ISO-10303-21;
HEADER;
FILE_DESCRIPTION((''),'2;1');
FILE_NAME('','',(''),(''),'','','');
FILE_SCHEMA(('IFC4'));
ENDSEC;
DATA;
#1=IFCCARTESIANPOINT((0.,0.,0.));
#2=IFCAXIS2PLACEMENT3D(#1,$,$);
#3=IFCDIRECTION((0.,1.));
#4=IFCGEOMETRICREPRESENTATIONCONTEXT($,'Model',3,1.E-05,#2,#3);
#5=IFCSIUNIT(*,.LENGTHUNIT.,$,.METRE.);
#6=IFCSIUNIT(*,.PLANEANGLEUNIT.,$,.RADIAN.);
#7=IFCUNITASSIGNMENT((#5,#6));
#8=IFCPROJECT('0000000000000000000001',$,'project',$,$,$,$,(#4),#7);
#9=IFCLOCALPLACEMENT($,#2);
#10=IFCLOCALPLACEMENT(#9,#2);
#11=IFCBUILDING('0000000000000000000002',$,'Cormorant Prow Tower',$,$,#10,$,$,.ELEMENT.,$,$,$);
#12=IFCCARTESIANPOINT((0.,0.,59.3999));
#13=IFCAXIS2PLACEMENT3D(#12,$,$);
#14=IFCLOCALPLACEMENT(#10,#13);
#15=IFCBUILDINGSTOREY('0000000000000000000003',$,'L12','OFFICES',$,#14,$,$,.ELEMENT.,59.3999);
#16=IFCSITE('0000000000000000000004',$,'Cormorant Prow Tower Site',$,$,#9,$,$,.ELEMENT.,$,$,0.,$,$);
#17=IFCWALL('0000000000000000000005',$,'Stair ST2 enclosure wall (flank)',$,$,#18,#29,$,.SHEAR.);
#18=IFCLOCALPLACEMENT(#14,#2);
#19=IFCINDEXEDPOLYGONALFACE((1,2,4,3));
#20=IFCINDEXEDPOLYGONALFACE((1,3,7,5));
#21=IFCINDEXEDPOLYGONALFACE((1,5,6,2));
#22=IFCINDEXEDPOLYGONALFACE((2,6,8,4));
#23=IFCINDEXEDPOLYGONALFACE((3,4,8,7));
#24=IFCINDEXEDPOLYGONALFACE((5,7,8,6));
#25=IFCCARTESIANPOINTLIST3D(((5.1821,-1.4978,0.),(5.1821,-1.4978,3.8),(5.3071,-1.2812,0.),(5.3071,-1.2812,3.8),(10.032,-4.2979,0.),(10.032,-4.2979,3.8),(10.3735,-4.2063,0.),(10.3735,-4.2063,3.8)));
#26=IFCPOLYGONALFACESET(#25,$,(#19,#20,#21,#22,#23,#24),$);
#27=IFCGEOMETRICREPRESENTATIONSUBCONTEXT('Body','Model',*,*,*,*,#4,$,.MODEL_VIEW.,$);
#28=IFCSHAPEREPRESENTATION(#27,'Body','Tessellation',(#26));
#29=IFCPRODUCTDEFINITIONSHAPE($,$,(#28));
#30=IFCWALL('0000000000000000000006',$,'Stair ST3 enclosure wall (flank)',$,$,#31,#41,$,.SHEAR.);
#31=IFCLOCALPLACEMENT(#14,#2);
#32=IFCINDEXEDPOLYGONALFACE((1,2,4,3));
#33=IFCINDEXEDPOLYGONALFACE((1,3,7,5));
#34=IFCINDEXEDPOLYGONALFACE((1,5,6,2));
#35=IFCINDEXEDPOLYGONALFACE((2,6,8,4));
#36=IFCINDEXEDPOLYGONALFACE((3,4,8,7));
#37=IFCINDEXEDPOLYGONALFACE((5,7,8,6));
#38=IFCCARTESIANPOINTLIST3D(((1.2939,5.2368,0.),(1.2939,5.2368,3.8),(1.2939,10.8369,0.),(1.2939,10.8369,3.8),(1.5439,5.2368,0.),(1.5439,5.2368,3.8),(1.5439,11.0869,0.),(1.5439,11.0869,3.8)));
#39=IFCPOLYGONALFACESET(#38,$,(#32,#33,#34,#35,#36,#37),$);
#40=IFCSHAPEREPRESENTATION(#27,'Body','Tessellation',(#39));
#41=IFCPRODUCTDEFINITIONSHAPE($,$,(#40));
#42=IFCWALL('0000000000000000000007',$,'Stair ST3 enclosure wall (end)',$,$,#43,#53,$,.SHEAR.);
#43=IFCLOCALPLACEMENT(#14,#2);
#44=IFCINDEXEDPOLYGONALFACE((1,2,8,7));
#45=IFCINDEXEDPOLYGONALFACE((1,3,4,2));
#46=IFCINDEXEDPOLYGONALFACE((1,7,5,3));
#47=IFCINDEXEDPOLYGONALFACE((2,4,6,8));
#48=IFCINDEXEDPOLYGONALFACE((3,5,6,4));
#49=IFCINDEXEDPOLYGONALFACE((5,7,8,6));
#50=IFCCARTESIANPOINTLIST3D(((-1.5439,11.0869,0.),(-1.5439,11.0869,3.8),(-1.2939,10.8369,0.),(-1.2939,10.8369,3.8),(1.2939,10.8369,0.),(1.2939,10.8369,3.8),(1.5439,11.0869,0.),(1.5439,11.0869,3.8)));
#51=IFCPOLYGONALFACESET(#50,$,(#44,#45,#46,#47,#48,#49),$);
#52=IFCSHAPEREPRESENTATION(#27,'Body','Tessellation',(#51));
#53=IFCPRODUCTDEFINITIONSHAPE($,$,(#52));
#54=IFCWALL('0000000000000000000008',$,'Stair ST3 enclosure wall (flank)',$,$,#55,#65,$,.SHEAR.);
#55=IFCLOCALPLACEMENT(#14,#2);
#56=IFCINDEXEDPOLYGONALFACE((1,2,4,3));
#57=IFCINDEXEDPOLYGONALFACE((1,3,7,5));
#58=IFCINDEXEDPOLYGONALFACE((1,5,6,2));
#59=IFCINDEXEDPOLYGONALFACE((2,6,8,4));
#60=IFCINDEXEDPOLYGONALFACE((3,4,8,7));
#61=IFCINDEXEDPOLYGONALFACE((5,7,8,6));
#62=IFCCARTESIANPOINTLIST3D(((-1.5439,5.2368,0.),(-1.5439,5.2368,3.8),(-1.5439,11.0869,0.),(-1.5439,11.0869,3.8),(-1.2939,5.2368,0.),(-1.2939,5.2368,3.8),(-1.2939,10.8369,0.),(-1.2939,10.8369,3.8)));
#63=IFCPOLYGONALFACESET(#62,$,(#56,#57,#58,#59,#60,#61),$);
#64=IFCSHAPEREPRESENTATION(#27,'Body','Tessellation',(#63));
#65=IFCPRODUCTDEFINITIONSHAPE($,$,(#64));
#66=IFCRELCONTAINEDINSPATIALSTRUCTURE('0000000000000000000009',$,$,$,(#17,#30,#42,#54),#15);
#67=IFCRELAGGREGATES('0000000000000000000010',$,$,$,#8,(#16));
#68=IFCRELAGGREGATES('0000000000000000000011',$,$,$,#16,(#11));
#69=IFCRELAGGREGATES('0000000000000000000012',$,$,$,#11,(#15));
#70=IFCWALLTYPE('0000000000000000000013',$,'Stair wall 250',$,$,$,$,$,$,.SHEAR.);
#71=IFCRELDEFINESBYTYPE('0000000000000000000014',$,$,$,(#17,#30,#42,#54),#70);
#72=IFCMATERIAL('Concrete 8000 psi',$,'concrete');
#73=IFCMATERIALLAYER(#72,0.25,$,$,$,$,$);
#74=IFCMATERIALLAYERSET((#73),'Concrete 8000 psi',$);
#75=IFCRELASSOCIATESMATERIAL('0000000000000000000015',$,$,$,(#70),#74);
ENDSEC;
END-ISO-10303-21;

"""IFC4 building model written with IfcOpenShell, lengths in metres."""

from ifc_helpers import new_model, si_unit, direction, frame, origin, place, context, subcontext, project, spatial, polyline, outline, extrude, material, layer, layer_set, type_object, element, save


model = new_model("IFC4")

# Units and contexts
model_context = context("Model", 3, precision=1e-05, world=origin(), true_north=direction((0.0, 1.0)))
body_context = subcontext(model_context, "Body", "Model", "MODEL_VIEW")
ifc_project = project(units=[si_unit("LENGTHUNIT", "METRE"), si_unit("PLANEANGLEUNIT", "RADIAN")], contexts=[model_context])

# Site, building, storey
site_placement = place(None, origin())
site = spatial("IfcSite", under=ifc_project, at=site_placement, Name="Cormorant Prow Tower Site", CompositionType="ELEMENT", RefElevation=0.0)
building_placement = place(site_placement, origin())
building = spatial("IfcBuilding", under=site, at=building_placement, Name="Cormorant Prow Tower", CompositionType="ELEMENT")
storey_placement = place(building_placement, frame((0.0, 0.0, 59.3999)))
storey = spatial("IfcBuildingStorey", under=building, at=storey_placement, Name="L12", Description="OFFICES", CompositionType="ELEMENT", Elevation=59.3999)

# Walls
ifc_material_1 = material(Name="Concrete 8000 psi", Category="concrete")
ifc_layer_1 = layer(ifc_material_1, 0.25)
ifc_layer_set_1 = layer_set([ifc_layer_1], Name="Concrete 8000 psi")
wall_type_1 = type_object("IfcWallType", Name="Stair wall 250", PredefinedType="SHEAR", material=ifc_layer_set_1)
wall_1_placement = place(storey_placement, origin())
element("IfcWall", 1, at=wall_1_placement, inside=storey, type_object=wall_type_1, Name="Stair ST2 enclosure wall (flank)", PredefinedType="SHEAR", context=body_context, shape_type="SweptSolid", body=[
    extrude(outline(polyline([(10.032, -4.2979), (10.3735, -4.2063), (5.3071, -1.2812), (5.1821, -1.4978), (10.032, -4.2979)])), origin(), (0.0, 0.0, 1.0), 3.8),
])
wall_2_placement = place(storey_placement, origin())
element("IfcWall", 2, at=wall_2_placement, inside=storey, type_object=wall_type_1, Name="Stair ST3 enclosure wall (flank)", PredefinedType="SHEAR", context=body_context, shape_type="SweptSolid", body=[
    extrude(outline(polyline([(1.5439, 5.2368), (1.5439, 11.0869), (1.2939, 10.8369), (1.2939, 5.2368), (1.5439, 5.2368)])), origin(), (0.0, 0.0, 1.0), 3.8),
])
wall_3_placement = place(storey_placement, origin())
element("IfcWall", 3, at=wall_3_placement, inside=storey, type_object=wall_type_1, Name="Stair ST3 enclosure wall (end)", PredefinedType="SHEAR", context=body_context, shape_type="SweptSolid", body=[
    extrude(outline(polyline([(1.5439, 11.0869), (-1.5439, 11.0869), (-1.2939, 10.8369), (1.2939, 10.8369), (1.5439, 11.0869)])), origin(), (0.0, 0.0, 1.0), 3.8),
])
wall_4_placement = place(storey_placement, origin())
element("IfcWall", 4, at=wall_4_placement, inside=storey, type_object=wall_type_1, Name="Stair ST3 enclosure wall (flank)", PredefinedType="SHEAR", context=body_context, shape_type="SweptSolid", body=[
    extrude(outline(polyline([(-1.2939, 10.8369), (-1.5439, 11.0869), (-1.5439, 5.2368), (-1.2939, 5.2368), (-1.2939, 10.8369)])), origin(), (0.0, 0.0, 1.0), 3.8),
])

save(model, "model.ifc")
